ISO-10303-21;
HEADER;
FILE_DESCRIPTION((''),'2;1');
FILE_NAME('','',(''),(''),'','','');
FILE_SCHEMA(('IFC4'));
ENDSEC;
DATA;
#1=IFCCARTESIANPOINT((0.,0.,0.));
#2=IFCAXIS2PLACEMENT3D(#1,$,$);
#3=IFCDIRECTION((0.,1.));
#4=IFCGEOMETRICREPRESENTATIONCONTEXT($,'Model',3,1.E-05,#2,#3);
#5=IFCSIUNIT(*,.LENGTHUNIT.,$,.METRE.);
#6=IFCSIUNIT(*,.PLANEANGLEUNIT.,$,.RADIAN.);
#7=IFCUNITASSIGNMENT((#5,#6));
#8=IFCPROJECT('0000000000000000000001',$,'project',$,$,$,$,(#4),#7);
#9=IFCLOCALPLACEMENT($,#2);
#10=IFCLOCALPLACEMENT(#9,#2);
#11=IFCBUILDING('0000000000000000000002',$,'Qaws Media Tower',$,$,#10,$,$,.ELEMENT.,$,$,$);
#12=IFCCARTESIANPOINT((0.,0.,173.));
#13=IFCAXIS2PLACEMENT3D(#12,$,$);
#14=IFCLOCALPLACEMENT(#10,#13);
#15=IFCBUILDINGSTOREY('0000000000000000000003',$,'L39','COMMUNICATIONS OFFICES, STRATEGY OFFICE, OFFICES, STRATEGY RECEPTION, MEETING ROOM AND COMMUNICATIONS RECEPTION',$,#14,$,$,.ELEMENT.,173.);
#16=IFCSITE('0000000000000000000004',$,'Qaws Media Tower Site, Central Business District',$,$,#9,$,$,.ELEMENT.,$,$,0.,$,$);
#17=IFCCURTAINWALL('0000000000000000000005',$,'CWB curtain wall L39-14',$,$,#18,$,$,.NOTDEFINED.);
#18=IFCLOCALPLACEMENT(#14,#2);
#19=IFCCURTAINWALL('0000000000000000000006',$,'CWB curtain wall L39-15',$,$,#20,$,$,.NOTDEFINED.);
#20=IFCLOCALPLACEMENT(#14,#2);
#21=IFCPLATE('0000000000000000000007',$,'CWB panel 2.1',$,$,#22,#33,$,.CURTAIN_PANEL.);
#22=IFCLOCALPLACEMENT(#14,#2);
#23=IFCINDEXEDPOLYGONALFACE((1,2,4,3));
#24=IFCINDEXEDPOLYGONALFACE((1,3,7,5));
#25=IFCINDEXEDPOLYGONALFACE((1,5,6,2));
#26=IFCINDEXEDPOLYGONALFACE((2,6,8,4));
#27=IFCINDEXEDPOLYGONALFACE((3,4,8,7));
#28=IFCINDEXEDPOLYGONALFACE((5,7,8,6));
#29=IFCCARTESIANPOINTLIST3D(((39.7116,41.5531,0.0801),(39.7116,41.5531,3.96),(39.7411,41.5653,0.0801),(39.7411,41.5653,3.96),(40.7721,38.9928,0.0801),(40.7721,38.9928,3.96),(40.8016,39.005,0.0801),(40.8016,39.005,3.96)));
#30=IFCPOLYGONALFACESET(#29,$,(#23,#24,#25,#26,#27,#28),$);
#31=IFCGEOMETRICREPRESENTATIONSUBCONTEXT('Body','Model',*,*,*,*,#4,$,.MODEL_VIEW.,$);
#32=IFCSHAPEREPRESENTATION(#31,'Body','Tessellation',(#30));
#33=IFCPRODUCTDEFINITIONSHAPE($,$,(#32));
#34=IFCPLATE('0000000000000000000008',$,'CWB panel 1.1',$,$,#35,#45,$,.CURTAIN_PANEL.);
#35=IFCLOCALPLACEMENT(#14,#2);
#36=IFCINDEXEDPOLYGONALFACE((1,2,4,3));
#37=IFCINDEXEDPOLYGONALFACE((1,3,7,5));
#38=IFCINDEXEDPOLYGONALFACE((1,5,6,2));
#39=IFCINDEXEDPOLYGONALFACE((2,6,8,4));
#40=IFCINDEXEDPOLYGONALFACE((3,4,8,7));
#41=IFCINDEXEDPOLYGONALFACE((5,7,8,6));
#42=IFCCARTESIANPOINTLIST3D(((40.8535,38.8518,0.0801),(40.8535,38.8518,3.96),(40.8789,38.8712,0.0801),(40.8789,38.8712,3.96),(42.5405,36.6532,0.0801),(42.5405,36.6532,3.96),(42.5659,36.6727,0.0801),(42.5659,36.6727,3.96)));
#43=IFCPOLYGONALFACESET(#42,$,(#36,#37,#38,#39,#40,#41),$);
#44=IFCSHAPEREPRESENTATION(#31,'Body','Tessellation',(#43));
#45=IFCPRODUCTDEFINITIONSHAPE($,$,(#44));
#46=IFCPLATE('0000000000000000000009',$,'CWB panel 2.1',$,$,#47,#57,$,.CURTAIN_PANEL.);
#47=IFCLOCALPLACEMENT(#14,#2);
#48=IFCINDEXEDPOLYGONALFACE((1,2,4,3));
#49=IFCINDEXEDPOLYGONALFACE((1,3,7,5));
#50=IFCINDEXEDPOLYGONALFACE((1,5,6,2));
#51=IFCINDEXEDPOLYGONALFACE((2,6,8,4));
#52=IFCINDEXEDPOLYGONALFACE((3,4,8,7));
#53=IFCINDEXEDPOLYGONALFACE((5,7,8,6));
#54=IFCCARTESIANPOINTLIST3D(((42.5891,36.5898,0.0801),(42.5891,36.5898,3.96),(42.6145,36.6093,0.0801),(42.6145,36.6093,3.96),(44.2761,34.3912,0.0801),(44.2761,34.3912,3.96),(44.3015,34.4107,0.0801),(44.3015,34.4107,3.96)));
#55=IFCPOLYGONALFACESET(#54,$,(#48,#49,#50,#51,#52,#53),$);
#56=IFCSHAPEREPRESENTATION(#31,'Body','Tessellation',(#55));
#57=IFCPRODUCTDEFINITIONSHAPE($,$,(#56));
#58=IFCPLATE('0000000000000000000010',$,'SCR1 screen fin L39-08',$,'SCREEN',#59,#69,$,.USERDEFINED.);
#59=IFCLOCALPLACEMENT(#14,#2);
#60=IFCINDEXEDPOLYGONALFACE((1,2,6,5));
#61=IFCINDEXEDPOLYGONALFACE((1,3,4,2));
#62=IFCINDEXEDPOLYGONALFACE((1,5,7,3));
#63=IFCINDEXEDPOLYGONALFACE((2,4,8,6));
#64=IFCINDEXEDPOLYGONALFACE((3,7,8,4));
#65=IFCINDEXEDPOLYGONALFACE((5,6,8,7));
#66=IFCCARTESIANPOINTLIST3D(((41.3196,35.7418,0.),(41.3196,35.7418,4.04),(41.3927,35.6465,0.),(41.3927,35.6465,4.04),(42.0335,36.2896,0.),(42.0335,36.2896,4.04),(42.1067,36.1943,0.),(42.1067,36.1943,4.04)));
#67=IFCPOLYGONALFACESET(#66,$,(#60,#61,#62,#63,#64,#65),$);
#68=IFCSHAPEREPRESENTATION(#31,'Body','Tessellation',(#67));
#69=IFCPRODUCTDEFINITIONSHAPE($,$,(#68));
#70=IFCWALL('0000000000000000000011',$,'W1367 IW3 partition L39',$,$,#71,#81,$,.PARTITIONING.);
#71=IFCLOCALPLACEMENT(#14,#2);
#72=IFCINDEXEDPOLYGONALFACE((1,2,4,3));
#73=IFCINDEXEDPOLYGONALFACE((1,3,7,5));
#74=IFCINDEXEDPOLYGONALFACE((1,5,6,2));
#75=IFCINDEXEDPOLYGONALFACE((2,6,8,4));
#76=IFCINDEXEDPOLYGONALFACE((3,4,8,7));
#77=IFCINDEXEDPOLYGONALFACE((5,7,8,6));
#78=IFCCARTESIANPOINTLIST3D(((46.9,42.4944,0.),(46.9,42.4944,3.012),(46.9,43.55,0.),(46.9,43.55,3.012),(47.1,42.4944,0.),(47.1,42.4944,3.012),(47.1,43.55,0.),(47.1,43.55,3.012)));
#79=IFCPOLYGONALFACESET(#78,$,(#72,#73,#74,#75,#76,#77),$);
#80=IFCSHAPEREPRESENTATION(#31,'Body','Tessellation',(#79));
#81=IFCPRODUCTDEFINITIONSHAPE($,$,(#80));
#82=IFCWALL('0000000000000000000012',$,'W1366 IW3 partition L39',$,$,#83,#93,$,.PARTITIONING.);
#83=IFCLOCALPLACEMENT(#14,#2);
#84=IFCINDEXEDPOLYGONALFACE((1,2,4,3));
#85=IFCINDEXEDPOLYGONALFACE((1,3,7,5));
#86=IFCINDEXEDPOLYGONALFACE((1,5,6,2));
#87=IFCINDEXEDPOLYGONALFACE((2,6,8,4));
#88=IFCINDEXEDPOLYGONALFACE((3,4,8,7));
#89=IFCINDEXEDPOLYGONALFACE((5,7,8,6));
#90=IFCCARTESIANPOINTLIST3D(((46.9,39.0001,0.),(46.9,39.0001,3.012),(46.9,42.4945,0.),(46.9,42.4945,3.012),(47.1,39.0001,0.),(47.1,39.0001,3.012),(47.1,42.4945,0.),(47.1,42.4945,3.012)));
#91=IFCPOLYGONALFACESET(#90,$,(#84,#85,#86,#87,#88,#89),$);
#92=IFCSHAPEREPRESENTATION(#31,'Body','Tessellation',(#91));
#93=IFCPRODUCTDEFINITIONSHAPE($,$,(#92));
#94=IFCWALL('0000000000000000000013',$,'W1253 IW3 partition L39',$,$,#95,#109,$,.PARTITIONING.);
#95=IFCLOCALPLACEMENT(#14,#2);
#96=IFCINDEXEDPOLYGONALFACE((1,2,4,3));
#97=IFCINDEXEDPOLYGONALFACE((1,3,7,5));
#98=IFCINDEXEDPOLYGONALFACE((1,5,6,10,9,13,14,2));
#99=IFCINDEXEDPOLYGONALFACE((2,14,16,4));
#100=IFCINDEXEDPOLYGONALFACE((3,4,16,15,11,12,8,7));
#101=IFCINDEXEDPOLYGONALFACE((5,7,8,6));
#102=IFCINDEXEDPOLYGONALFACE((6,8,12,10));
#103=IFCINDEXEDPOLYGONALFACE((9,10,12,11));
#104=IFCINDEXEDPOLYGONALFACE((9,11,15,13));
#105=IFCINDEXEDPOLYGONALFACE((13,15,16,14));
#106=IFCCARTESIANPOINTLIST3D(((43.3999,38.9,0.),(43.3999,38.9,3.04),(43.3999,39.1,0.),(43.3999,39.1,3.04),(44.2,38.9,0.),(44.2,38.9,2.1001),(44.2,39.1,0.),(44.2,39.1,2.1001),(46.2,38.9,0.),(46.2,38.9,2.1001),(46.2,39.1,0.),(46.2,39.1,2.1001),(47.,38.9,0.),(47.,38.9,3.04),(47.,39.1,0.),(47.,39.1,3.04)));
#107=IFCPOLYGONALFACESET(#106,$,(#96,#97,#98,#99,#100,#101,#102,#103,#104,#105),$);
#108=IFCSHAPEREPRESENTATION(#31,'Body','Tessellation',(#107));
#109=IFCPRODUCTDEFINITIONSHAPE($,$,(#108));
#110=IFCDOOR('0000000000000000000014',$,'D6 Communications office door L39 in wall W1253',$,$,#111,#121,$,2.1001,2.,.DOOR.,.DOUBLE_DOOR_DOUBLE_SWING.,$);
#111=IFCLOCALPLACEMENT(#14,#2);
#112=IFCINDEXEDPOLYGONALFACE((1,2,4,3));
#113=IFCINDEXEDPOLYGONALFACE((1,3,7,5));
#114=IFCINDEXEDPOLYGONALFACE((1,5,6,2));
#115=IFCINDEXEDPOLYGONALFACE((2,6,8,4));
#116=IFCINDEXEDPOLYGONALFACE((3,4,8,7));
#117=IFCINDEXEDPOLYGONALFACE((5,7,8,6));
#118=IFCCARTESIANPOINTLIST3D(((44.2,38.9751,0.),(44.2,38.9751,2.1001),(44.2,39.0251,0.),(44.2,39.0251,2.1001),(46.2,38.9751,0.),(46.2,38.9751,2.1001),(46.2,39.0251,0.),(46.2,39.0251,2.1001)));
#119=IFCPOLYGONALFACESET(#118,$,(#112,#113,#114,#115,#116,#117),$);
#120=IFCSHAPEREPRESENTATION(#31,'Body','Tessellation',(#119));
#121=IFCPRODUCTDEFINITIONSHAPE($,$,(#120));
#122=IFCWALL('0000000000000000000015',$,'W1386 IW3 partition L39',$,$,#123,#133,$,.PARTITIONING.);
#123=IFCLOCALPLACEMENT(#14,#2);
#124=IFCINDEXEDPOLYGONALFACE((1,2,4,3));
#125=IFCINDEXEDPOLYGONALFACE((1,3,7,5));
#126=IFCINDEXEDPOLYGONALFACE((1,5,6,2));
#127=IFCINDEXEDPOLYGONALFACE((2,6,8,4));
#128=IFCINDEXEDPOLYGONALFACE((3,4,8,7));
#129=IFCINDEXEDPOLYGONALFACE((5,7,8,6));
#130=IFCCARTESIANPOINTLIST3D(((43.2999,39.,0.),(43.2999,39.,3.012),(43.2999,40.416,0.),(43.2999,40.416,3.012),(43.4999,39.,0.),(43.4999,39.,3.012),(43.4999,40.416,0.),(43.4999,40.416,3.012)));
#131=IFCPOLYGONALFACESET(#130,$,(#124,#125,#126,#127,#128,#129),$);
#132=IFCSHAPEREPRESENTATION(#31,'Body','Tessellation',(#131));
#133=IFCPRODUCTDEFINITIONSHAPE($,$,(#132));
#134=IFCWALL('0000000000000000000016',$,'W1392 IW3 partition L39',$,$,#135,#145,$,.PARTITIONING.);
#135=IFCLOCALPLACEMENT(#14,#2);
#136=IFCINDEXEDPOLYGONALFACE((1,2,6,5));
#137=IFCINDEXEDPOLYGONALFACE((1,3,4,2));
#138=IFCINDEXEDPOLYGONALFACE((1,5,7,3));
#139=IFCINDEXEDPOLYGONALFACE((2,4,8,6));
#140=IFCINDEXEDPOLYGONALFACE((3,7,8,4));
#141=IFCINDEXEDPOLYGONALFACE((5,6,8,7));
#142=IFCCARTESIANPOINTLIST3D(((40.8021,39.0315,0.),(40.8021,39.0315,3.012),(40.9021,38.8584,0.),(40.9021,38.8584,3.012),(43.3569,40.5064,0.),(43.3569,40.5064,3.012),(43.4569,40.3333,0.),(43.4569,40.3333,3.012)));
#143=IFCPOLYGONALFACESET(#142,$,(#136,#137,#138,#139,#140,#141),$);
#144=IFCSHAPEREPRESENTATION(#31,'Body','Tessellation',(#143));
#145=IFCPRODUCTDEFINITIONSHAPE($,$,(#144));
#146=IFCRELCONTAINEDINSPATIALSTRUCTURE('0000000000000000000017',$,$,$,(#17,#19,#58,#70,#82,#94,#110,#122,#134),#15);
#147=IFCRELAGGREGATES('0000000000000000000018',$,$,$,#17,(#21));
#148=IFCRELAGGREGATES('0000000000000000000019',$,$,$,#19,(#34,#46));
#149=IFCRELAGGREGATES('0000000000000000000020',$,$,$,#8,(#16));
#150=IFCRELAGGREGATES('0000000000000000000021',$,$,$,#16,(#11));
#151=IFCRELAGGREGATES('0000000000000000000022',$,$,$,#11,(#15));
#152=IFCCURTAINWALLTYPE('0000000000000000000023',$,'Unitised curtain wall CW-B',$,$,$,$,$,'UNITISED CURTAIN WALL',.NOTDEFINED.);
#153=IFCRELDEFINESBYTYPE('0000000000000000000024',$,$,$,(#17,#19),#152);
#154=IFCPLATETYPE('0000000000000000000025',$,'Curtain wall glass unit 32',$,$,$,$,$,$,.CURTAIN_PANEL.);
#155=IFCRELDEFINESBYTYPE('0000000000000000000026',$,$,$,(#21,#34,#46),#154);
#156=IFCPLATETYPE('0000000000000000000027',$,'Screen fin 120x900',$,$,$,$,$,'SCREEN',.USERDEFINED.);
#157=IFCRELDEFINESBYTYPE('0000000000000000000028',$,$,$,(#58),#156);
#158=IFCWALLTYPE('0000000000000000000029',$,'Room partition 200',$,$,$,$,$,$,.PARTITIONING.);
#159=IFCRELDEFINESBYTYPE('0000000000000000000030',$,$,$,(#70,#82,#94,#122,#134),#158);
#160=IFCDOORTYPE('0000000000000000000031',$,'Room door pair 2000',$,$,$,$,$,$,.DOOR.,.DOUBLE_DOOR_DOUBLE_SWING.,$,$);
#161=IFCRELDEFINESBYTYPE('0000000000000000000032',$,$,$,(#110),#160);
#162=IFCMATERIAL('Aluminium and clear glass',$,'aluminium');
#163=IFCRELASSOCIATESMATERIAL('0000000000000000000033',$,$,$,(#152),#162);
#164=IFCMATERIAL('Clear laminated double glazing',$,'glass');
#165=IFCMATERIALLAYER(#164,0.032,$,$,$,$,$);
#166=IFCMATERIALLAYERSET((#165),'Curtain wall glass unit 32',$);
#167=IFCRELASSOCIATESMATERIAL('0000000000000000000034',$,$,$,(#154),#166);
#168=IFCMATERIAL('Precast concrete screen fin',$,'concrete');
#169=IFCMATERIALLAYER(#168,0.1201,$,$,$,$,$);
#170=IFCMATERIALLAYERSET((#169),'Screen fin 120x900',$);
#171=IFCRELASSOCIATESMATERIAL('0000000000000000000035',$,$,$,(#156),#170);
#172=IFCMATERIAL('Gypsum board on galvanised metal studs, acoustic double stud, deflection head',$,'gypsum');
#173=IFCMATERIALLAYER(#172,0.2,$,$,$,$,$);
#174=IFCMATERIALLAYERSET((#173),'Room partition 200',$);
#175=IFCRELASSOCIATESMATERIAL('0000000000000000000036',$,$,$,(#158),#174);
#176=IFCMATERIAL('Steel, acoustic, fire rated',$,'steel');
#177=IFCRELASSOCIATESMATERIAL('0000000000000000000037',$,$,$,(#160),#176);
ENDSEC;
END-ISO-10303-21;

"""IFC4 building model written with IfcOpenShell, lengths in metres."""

from ifc_helpers import new_model, si_unit, direction, frame, frame_2d, origin, origin_2d, place, context, subcontext, project, spatial, rectangle, extrude, material, layer, layer_set, type_object, element, fill, aggregate, save


model = new_model("IFC4")

# Units and contexts
model_context = context("Model", 3, precision=1e-05, world=origin(), true_north=direction((0.0, 1.0)))
body_context = subcontext(model_context, "Body", "Model", "MODEL_VIEW")
ifc_project = project(units=[si_unit("LENGTHUNIT", "METRE"), si_unit("PLANEANGLEUNIT", "RADIAN")], contexts=[model_context])

# Site, building, storey
site_placement = place(None, origin())
site = spatial("IfcSite", under=ifc_project, at=site_placement, Name="Qaws Media Tower Site, Central Business District", CompositionType="ELEMENT", RefElevation=0.0)
building_placement = place(site_placement, origin())
building = spatial("IfcBuilding", under=site, at=building_placement, Name="Qaws Media Tower", CompositionType="ELEMENT")
storey_placement = place(building_placement, frame((0.0, 0.0, 173.0)))
storey = spatial("IfcBuildingStorey", under=building, at=storey_placement, Name="L39", Description="COMMUNICATIONS OFFICES, STRATEGY OFFICE, OFFICES, STRATEGY RECEPTION, MEETING ROOM AND COMMUNICATIONS RECEPTION", CompositionType="ELEMENT", Elevation=173.0)

# Curtain wall
ifc_material_1 = material(Name="Aluminium and clear glass", Category="aluminium")
curtain_wall_type = type_object("IfcCurtainWallType", Name="Unitised curtain wall CW-B", ElementType="UNITISED CURTAIN WALL", PredefinedType="NOTDEFINED", material=ifc_material_1)
curtain_wall_1_placement = place(storey_placement, origin())
curtain_wall_1 = element("IfcCurtainWall", 1, at=curtain_wall_1_placement, inside=storey, type_object=curtain_wall_type, Name="CWB curtain wall L39-14", PredefinedType="NOTDEFINED")

# Curtain wall
curtain_wall_2_placement = place(storey_placement, origin())
curtain_wall_2 = element("IfcCurtainWall", 2, at=curtain_wall_2_placement, inside=storey, type_object=curtain_wall_type, Name="CWB curtain wall L39-15", PredefinedType="NOTDEFINED")

# Plates
ifc_material_2 = material(Name="Clear laminated double glazing", Category="glass")
ifc_layer_1 = layer(ifc_material_2, 0.032)
ifc_layer_set_1 = layer_set([ifc_layer_1], Name="Curtain wall glass unit 32")
plate_type_1 = type_object("IfcPlateType", Name="Curtain wall glass unit 32", PredefinedType="CURTAIN_PANEL", material=ifc_layer_set_1)
plate_1_placement = place(storey_placement, frame((40.2566, 40.2791, 0.0801), z_axis=(0.0, 0.0, 1.0), x_axis=(0.382683, -0.92388, 0.0)))
plate_1 = element("IfcPlate", 3, at=plate_1_placement, type_object=plate_type_1, Name="CWB panel 2.1", PredefinedType="CURTAIN_PANEL", context=body_context, shape_type="SweptSolid", body=[
    extrude(rectangle(XDim=2.7712, YDim=0.032, at=origin_2d()), origin(), (0.0, 0.0, 1.0), 3.8799),
])
aggregate(curtain_wall_1, [plate_1])
plate_2_placement = place(storey_placement, frame((41.7097, 37.7622, 0.0801), z_axis=(0.0, 0.0, 1.0), x_axis=(0.608762, -0.793353, 0.0)))
plate_2 = element("IfcPlate", 4, at=plate_2_placement, type_object=plate_type_1, Name="CWB panel 1.1", PredefinedType="CURTAIN_PANEL", context=body_context, shape_type="SweptSolid", body=[
    extrude(rectangle(XDim=2.7712, YDim=0.032, at=origin_2d()), origin(), (0.0, 0.0, 1.0), 3.8799),
])
plate_3_placement = place(storey_placement, frame((43.4453, 35.5002, 0.0801), z_axis=(0.0, 0.0, 1.0), x_axis=(0.608762, -0.793353, 0.0)))
plate_3 = element("IfcPlate", 5, at=plate_3_placement, type_object=plate_type_1, Name="CWB panel 2.1", PredefinedType="CURTAIN_PANEL", context=body_context, shape_type="SweptSolid", body=[
    extrude(rectangle(XDim=2.7712, YDim=0.032, at=origin_2d()), origin(), (0.0, 0.0, 1.0), 3.8799),
])
aggregate(curtain_wall_2, [plate_2, plate_3])
ifc_material_3 = material(Name="Precast concrete screen fin", Category="concrete")
ifc_layer_2 = layer(ifc_material_3, 0.1201)
ifc_layer_set_2 = layer_set([ifc_layer_2], Name="Screen fin 120x900")
plate_type_2 = type_object("IfcPlateType", Name="Screen fin 120x900", ElementType="SCREEN", PredefinedType="USERDEFINED", material=ifc_layer_set_2)
plate_4_placement = place(storey_placement, frame((41.7131, 35.968, 0.0), z_axis=(0.0, 0.0, 1.0), x_axis=(-0.793353, -0.608761, 0.0)))
element("IfcPlate", 6, at=plate_4_placement, inside=storey, type_object=plate_type_2, Name="SCR1 screen fin L39-08", ObjectType="SCREEN", PredefinedType="USERDEFINED", context=body_context, shape_type="SweptSolid", body=[
    extrude(rectangle(XDim=0.8999, YDim=0.1201, at=origin_2d()), origin(), (0.0, 0.0, 1.0), 4.04),
])

# Walls
ifc_material_4 = material(Name="Gypsum board on galvanised metal studs, acoustic double stud, deflection head", Category="gypsum")
ifc_layer_3 = layer(ifc_material_4, 0.2)
ifc_layer_set_3 = layer_set([ifc_layer_3], Name="Room partition 200")
wall_type = type_object("IfcWallType", Name="Room partition 200", PredefinedType="PARTITIONING", material=ifc_layer_set_3)
wall_1_placement = place(storey_placement, frame((47.0, 43.55, 0.0), z_axis=(0.0, 0.0, 1.0), x_axis=(0.0, -1.0, 0.0)))
element("IfcWall", 7, at=wall_1_placement, inside=storey, type_object=wall_type, Name="W1367 IW3 partition L39", PredefinedType="PARTITIONING", context=body_context, shape_type="SweptSolid", body=[
    extrude(rectangle(XDim=1.0557, YDim=0.2, at=frame_2d((0.5278, 0.0))), origin(), (0.0, 0.0, 1.0), 3.012),
])
wall_2_placement = place(storey_placement, frame((47.0, 42.4944, 0.0), z_axis=(0.0, 0.0, 1.0), x_axis=(0.0, -1.0, 0.0)))
element("IfcWall", 8, at=wall_2_placement, inside=storey, type_object=wall_type, Name="W1366 IW3 partition L39", PredefinedType="PARTITIONING", context=body_context, shape_type="SweptSolid", body=[
    extrude(rectangle(XDim=3.4944, YDim=0.2, at=frame_2d((1.7471, 0.0))), origin(), (0.0, 0.0, 1.0), 3.012),
])

# Wall, opening, door
wall_3_placement = place(storey_placement, frame((47.0, 39.0, 0.0), z_axis=(0.0, 0.0, 1.0), x_axis=(-1.0, 0.0, 0.0)))
wall_3 = element("IfcWall", 9, at=wall_3_placement, inside=storey, type_object=wall_type, Name="W1253 IW3 partition L39", PredefinedType="PARTITIONING", context=body_context, shape_type="SweptSolid", body=[
    extrude(rectangle(XDim=3.6001, YDim=0.2, at=frame_2d((1.8, 0.0))), origin(), (0.0, 0.0, 1.0), 3.04),
])
opening_1_placement = place(wall_3_placement, frame((0.8, 0.0, 0.0)))
opening_1 = element("IfcOpeningElement", 10, at=opening_1_placement, cuts=wall_3, PredefinedType="OPENING", context=body_context, shape_type="SweptSolid", body=[
    extrude(rectangle(XDim=2.0, YDim=2.1001, at=frame_2d((1.0, 1.05))), frame((0.0, 0.1099, 0.0), z_axis=(0.0, -1.0, 0.0), x_axis=(1.0, 0.0, 0.0)), (0.0, 0.0, 1.0), 0.22),
])
ifc_material_5 = material(Name="Steel, acoustic, fire rated", Category="steel")
door_type_1 = type_object("IfcDoorType", Name="Room door pair 2000", OperationType="DOUBLE_DOOR_DOUBLE_SWING", PredefinedType="DOOR", material=ifc_material_5)
door_1_placement = place(opening_1_placement, origin())
door_1 = element("IfcDoor", 11, at=door_1_placement, inside=storey, type_object=door_type_1, Name="D6 Communications office door L39 in wall W1253", OperationType="DOUBLE_DOOR_DOUBLE_SWING", OverallHeight=2.1001, OverallWidth=2.0, PredefinedType="DOOR", context=body_context, shape_type="SweptSolid", body=[
    extrude(rectangle(XDim=2.0, YDim=2.1001, at=frame_2d((1.0, 1.05))), frame((0.0, 0.0249, 0.0), z_axis=(0.0, -1.0, 0.0), x_axis=(1.0, 0.0, 0.0)), (0.0, 0.0, 1.0), 0.05),
])
fill(opening_1, door_1)

# Wall
wall_4_placement = place(storey_placement, frame((43.3999, 39.0, 0.0), z_axis=(0.0, 0.0, 1.0), x_axis=(0.0, 1.0, 0.0)))
element("IfcWall", 12, at=wall_4_placement, inside=storey, type_object=wall_type, Name="W1386 IW3 partition L39", PredefinedType="PARTITIONING", context=body_context, shape_type="SweptSolid", body=[
    extrude(rectangle(XDim=1.416, YDim=0.2, at=frame_2d((0.708, 0.0))), origin(), (0.0, 0.0, 1.0), 3.012),
])

# Wall
wall_5_placement = place(storey_placement, frame((43.407, 40.4199, 0.0), z_axis=(0.0, 0.0, 1.0), x_axis=(-0.866039, -0.499976, 0.0)))
element("IfcWall", 13, at=wall_5_placement, inside=storey, type_object=wall_type, Name="W1392 IW3 partition L39", PredefinedType="PARTITIONING", context=body_context, shape_type="SweptSolid", body=[
    extrude(rectangle(XDim=2.95, YDim=0.2, at=frame_2d((1.4751, 0.0))), origin(), (0.0, 0.0, 1.0), 3.012),
])

save(model, "model.ifc")
